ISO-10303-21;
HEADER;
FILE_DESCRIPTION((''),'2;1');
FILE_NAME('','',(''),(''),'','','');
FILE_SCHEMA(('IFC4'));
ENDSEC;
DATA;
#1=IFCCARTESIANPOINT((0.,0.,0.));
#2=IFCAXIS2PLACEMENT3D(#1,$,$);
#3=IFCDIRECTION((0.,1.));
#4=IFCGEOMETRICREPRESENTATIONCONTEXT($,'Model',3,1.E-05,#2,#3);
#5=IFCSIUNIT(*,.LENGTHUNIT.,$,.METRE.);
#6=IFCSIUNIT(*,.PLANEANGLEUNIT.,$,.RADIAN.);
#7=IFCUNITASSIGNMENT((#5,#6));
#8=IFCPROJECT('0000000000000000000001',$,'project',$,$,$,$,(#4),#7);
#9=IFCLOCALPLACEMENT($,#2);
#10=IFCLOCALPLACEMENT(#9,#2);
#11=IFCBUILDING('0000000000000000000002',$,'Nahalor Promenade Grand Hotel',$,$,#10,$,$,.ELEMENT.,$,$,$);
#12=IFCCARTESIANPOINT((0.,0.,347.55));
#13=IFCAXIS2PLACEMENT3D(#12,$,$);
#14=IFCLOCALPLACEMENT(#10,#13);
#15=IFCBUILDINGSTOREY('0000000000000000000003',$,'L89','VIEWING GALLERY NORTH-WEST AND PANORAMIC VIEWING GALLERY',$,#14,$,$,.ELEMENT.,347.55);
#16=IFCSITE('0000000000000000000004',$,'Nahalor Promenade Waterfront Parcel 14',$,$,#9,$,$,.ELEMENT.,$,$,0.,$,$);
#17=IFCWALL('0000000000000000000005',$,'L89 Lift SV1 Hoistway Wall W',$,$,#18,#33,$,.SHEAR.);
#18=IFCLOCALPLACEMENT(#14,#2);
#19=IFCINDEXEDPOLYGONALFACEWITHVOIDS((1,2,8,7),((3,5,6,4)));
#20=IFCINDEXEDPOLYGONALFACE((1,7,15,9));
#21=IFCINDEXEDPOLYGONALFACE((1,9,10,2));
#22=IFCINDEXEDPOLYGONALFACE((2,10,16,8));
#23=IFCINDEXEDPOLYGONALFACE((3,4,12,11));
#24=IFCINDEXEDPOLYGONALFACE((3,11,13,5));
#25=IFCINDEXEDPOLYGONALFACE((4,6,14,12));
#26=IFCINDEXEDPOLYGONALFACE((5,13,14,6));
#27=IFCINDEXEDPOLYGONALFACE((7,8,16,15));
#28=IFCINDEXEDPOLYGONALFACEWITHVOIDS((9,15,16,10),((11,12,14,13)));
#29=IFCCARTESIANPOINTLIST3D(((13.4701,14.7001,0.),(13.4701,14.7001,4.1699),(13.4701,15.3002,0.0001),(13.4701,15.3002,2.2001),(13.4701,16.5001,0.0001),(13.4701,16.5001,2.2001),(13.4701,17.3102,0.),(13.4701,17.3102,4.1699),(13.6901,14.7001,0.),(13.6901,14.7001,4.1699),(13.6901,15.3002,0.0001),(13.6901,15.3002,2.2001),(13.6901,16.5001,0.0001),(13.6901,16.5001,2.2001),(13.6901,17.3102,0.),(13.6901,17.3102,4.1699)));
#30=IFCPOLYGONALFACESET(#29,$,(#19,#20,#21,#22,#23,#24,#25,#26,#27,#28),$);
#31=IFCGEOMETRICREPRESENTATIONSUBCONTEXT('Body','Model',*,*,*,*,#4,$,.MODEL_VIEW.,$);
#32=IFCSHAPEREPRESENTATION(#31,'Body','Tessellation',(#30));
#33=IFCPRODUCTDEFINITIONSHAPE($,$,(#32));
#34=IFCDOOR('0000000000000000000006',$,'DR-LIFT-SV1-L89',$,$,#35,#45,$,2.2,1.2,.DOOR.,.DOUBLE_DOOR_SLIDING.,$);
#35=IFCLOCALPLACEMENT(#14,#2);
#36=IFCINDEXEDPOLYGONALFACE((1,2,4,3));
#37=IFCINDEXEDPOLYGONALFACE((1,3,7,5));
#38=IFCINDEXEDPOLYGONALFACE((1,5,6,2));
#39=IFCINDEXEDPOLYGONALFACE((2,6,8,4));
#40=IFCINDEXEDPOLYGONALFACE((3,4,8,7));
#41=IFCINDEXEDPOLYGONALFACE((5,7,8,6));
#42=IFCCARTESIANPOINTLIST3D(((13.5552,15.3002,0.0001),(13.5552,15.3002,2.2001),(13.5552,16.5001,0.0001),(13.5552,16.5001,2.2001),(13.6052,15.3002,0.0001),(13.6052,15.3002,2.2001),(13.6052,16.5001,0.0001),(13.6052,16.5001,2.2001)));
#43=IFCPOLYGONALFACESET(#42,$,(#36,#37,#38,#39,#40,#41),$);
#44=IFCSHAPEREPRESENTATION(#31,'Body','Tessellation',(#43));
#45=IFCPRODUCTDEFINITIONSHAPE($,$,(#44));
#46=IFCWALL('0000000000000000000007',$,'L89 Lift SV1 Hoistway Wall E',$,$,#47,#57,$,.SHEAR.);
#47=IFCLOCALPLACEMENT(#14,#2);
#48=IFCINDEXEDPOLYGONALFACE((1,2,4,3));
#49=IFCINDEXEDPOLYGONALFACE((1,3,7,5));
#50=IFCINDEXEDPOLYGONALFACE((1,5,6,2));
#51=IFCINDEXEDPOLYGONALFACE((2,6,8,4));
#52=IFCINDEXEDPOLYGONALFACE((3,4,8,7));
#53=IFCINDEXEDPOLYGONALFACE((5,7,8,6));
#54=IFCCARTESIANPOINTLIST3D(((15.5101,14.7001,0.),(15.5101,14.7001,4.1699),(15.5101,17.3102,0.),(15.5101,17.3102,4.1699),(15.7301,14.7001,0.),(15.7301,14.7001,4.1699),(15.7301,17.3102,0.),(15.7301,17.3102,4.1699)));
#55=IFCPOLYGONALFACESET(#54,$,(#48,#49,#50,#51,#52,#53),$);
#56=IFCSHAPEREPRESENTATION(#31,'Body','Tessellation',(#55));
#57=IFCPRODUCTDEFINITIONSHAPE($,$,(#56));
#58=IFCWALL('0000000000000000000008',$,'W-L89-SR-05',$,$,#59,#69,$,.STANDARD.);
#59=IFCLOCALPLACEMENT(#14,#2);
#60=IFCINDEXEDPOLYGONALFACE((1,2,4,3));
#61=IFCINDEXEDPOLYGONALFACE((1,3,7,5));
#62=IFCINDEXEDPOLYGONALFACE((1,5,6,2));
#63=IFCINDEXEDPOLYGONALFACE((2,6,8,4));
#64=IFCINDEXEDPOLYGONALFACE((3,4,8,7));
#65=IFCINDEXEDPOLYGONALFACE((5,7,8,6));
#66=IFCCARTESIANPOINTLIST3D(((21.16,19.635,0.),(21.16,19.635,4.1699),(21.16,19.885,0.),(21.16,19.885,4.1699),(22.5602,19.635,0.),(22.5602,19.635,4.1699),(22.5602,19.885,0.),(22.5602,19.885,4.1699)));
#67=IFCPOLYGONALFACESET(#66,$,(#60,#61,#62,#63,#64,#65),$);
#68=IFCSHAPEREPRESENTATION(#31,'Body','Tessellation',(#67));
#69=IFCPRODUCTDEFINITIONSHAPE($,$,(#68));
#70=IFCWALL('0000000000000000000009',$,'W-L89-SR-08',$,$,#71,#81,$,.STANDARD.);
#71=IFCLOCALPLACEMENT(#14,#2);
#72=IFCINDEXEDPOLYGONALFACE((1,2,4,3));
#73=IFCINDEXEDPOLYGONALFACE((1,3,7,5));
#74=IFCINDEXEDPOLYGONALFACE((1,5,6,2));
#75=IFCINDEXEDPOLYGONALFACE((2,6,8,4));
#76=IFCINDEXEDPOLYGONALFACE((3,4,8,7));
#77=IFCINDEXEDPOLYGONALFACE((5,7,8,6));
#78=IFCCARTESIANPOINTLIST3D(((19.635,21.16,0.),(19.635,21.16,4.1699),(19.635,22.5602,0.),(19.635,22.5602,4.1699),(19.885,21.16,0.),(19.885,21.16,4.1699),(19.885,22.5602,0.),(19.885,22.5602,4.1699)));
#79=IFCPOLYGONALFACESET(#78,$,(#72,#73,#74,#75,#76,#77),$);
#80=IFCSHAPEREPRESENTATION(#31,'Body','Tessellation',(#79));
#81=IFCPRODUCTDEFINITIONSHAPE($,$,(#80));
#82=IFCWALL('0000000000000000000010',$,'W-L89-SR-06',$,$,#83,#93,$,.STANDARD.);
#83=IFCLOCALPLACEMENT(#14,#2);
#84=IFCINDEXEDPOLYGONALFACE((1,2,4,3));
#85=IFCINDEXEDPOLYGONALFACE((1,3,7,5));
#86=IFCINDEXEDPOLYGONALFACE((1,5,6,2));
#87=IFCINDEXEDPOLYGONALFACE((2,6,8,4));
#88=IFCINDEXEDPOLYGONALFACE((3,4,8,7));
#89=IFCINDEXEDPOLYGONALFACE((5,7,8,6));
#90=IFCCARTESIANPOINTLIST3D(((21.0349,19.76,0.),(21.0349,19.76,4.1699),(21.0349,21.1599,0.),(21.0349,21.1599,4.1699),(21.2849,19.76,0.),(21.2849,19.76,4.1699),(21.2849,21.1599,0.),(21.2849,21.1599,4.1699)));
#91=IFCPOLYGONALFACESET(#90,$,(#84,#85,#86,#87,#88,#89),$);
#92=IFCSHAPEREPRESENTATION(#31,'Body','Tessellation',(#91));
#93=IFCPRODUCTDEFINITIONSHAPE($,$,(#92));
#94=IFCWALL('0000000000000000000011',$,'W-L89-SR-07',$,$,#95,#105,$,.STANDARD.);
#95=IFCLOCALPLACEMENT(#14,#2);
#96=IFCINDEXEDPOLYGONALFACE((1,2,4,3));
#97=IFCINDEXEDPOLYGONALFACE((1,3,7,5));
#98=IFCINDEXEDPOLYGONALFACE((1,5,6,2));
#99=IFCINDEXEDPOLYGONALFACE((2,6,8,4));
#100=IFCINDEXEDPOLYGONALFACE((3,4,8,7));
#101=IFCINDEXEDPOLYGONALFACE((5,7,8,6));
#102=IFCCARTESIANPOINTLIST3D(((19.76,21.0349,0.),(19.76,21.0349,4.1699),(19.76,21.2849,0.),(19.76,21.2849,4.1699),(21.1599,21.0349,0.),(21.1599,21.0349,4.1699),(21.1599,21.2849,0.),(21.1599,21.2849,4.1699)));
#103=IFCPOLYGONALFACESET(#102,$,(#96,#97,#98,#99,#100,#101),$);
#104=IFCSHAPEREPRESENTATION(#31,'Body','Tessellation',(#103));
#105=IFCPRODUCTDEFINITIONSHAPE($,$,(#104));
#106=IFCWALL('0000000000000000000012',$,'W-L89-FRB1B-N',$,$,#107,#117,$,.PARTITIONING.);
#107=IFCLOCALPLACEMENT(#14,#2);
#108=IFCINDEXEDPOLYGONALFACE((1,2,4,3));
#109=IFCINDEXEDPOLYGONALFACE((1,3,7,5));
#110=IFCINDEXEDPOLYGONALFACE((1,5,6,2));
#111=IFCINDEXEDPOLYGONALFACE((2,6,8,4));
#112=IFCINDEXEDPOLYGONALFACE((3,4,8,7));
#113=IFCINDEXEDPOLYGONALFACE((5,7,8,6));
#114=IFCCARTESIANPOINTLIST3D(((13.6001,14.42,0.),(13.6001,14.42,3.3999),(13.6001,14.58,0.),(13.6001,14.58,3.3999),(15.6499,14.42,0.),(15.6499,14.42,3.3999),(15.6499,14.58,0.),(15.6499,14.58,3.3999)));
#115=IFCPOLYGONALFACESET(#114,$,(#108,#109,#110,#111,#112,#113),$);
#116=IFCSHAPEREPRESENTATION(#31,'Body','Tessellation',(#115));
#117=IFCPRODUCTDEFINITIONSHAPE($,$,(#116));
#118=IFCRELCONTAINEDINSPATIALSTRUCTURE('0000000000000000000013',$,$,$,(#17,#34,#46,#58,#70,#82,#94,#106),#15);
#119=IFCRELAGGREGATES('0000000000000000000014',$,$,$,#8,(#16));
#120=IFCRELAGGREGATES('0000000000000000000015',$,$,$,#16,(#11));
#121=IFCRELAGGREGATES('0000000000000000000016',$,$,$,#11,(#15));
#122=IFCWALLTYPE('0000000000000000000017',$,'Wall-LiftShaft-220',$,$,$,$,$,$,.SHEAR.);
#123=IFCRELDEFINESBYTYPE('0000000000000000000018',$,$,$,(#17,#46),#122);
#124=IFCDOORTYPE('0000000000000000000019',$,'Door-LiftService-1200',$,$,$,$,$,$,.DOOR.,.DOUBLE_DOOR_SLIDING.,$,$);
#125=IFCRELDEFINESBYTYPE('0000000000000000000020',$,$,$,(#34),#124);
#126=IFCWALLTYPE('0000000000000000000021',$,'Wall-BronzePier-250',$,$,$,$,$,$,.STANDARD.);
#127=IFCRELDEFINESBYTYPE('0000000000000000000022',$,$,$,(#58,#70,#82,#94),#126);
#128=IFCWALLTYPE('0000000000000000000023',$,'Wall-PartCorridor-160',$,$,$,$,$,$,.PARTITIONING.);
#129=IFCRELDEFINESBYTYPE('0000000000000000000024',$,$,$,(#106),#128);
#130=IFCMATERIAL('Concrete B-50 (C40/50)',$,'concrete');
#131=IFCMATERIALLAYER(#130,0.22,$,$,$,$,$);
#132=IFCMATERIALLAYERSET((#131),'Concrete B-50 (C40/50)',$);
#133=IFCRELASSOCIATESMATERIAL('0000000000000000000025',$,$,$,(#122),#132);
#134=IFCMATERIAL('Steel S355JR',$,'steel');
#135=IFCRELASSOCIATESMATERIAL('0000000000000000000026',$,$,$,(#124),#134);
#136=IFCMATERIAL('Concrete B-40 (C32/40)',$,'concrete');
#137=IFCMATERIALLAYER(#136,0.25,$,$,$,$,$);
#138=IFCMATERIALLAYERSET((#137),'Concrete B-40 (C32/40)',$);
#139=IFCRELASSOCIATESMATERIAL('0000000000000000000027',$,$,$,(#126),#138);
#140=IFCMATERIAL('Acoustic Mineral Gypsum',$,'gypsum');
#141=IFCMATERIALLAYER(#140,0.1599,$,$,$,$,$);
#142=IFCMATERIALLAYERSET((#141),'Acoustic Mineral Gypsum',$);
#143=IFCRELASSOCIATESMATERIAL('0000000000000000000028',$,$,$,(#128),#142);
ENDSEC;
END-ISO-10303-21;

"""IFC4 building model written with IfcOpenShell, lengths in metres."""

from ifc_helpers import new_model, si_unit, direction, frame, frame_2d, origin, place, context, subcontext, project, spatial, rectangle, extrude, source, transform, mapped, material, layer, layer_set, type_object, element, fill, save


model = new_model("IFC4")

# Units and contexts
model_context = context("Model", 3, precision=1e-05, world=origin(), true_north=direction((0.0, 1.0)))
body_context = subcontext(model_context, "Body", "Model", "MODEL_VIEW")
ifc_project = project(units=[si_unit("LENGTHUNIT", "METRE"), si_unit("PLANEANGLEUNIT", "RADIAN")], contexts=[model_context])

# Site, building, storey
site_placement = place(None, origin())
site = spatial("IfcSite", under=ifc_project, at=site_placement, Name="Nahalor Promenade Waterfront Parcel 14", CompositionType="ELEMENT", RefElevation=0.0)
building_placement = place(site_placement, origin())
building = spatial("IfcBuilding", under=site, at=building_placement, Name="Nahalor Promenade Grand Hotel", CompositionType="ELEMENT")
storey_placement = place(building_placement, frame((0.0, 0.0, 347.55)))
storey = spatial("IfcBuildingStorey", under=building, at=storey_placement, Name="L89", Description="VIEWING GALLERY NORTH-WEST AND PANORAMIC VIEWING GALLERY", CompositionType="ELEMENT", Elevation=347.55)

# Shared definitions
ifc_material_1 = material(Name="Concrete B-50 (C40/50)", Category="concrete")
ifc_material_2 = material(Name="Steel S355JR", Category="steel")

# Shared definitions
ifc_layer_1 = layer(ifc_material_1, 0.22)
ifc_layer_set_1 = layer_set([ifc_layer_1], Name="Concrete B-50 (C40/50)")
wall_type_1 = type_object("IfcWallType", Name="Wall-LiftShaft-220", PredefinedType="SHEAR", material=ifc_layer_set_1)

# Wall, opening, door
shared_shape_1 = source(origin(), body_context, "Body", "SweptSolid", [
    extrude(rectangle(XDim=2.6101, YDim=0.22, at=frame_2d((1.3052, 0.0))), origin(), (0.0, 0.0, 1.0), 4.1699),
])
wall_1_placement = place(storey_placement, frame((13.5801, 14.7, 0.0), z_axis=(0.0, 0.0, 1.0), x_axis=(0.0, 1.0, 0.0)))
wall_1 = element("IfcWall", 1, at=wall_1_placement, inside=storey, type_object=wall_type_1, Name="L89 Lift SV1 Hoistway Wall W", PredefinedType="SHEAR", context=body_context, shape_type="MappedRepresentation", body=[
    mapped(shared_shape_1, transform((0.0, 0.0, 0.0), scale=1.0)),
])
opening_placement = place(wall_1_placement, frame((0.6001, 0.0, 0.0)))
opening = element("IfcOpeningElement", 2, at=opening_placement, cuts=wall_1, PredefinedType="OPENING", context=body_context, shape_type="SweptSolid", body=[
    extrude(rectangle(XDim=1.2, YDim=2.2, at=frame_2d((0.6001, 1.1001))), frame((0.0, 0.1199, 0.0), z_axis=(0.0, -1.0, 0.0), x_axis=(1.0, 0.0, 0.0)), (0.0, 0.0, 1.0), 0.24),
])
door_type = type_object("IfcDoorType", Name="Door-LiftService-1200", OperationType="DOUBLE_DOOR_SLIDING", PredefinedType="DOOR", material=ifc_material_2)
shared_shape_2 = source(origin(), body_context, "Body", "SweptSolid", [
    extrude(rectangle(XDim=1.2, YDim=2.2, at=frame_2d((0.6001, 1.1001))), frame((0.0, 0.0249, 0.0), z_axis=(0.0, -1.0, 0.0), x_axis=(1.0, 0.0, 0.0)), (0.0, 0.0, 1.0), 0.05),
])
door_placement = place(opening_placement, origin())
door = element("IfcDoor", 3, at=door_placement, inside=storey, type_object=door_type, Name="DR-LIFT-SV1-L89", OperationType="DOUBLE_DOOR_SLIDING", OverallHeight=2.2, OverallWidth=1.2, PredefinedType="DOOR", context=body_context, shape_type="MappedRepresentation", body=[
    mapped(shared_shape_2, transform((0.0, 0.0, 0.0), scale=1.0)),
])
fill(opening, door)

# Walls
wall_2_placement = place(storey_placement, frame((15.6201, 14.7, 0.0), z_axis=(0.0, 0.0, 1.0), x_axis=(0.0, 1.0, 0.0)))
element("IfcWall", 4, at=wall_2_placement, inside=storey, type_object=wall_type_1, Name="L89 Lift SV1 Hoistway Wall E", PredefinedType="SHEAR", context=body_context, shape_type="MappedRepresentation", body=[
    mapped(shared_shape_1, transform((0.0, 0.0, 0.0), scale=1.0)),
])
ifc_material_3 = material(Name="Concrete B-40 (C32/40)", Category="concrete")
ifc_layer_2 = layer(ifc_material_3, 0.25)
ifc_layer_set_2 = layer_set([ifc_layer_2], Name="Concrete B-40 (C32/40)")
wall_type_2 = type_object("IfcWallType", Name="Wall-BronzePier-250", PredefinedType="STANDARD", material=ifc_layer_set_2)
shared_shape_3 = source(origin(), body_context, "Body", "SweptSolid", [
    extrude(rectangle(XDim=1.4001, YDim=0.25, at=frame_2d((0.7002, 0.0))), origin(), (0.0, 0.0, 1.0), 4.1699),
])
for number, where, z_axis, x_axis, name in (
    (5, (21.1599, 19.76, 0.0), (0.0, 0.0, 1.0), (1.0, 0.0, 0.0), "W-L89-SR-05"),
    (6, (19.76, 21.1599, 0.0), (0.0, 0.0, 1.0), (0.0, 1.0, 0.0), "W-L89-SR-08"),
):
    element("IfcWall", number, at=place(storey_placement, frame(where, z_axis=z_axis, x_axis=x_axis)), inside=storey, type_object=wall_type_2, Name=name, PredefinedType="STANDARD", context=body_context, shape_type="MappedRepresentation", body=[
        mapped(shared_shape_3, transform((0.0, 0.0, 0.0), scale=1.0)),
    ])
shared_shape_4 = source(origin(), body_context, "Body", "SweptSolid", [
    extrude(rectangle(XDim=1.3999, YDim=0.25, at=frame_2d((0.7, 0.0))), origin(), (0.0, 0.0, 1.0), 4.1699),
])
for number, where, z_axis, x_axis, name in (
    (7, (21.1599, 19.76, 0.0), (0.0, 0.0, 1.0), (0.0, 1.0, 0.0), "W-L89-SR-06"),
    (8, (19.76, 21.1599, 0.0), (0.0, 0.0, 1.0), (1.0, 0.0, 0.0), "W-L89-SR-07"),
):
    element("IfcWall", number, at=place(storey_placement, frame(where, z_axis=z_axis, x_axis=x_axis)), inside=storey, type_object=wall_type_2, Name=name, PredefinedType="STANDARD", context=body_context, shape_type="MappedRepresentation", body=[
        mapped(shared_shape_4, transform((0.0, 0.0, 0.0), scale=1.0)),
    ])
ifc_material_4 = material(Name="Acoustic Mineral Gypsum", Category="gypsum")
ifc_layer_3 = layer(ifc_material_4, 0.1599)
ifc_layer_set_3 = layer_set([ifc_layer_3], Name="Acoustic Mineral Gypsum")
wall_type_3 = type_object("IfcWallType", Name="Wall-PartCorridor-160", PredefinedType="PARTITIONING", material=ifc_layer_set_3)
shared_shape_5 = source(origin(), body_context, "Body", "SweptSolid", [
    extrude(rectangle(XDim=2.0498, YDim=0.1599, at=frame_2d((1.0249, 0.0))), origin(), (0.0, 0.0, 1.0), 3.3999),
])
wall_3_placement = place(storey_placement, frame((13.6001, 14.5, 0.0), z_axis=(0.0, 0.0, 1.0), x_axis=(1.0, 0.0, 0.0)))
element("IfcWall", 9, at=wall_3_placement, inside=storey, type_object=wall_type_3, Name="W-L89-FRB1B-N", PredefinedType="PARTITIONING", context=body_context, shape_type="MappedRepresentation", body=[
    mapped(shared_shape_5, transform((0.0, 0.0, 0.0), scale=1.0)),
])

save(model, "model.ifc")
